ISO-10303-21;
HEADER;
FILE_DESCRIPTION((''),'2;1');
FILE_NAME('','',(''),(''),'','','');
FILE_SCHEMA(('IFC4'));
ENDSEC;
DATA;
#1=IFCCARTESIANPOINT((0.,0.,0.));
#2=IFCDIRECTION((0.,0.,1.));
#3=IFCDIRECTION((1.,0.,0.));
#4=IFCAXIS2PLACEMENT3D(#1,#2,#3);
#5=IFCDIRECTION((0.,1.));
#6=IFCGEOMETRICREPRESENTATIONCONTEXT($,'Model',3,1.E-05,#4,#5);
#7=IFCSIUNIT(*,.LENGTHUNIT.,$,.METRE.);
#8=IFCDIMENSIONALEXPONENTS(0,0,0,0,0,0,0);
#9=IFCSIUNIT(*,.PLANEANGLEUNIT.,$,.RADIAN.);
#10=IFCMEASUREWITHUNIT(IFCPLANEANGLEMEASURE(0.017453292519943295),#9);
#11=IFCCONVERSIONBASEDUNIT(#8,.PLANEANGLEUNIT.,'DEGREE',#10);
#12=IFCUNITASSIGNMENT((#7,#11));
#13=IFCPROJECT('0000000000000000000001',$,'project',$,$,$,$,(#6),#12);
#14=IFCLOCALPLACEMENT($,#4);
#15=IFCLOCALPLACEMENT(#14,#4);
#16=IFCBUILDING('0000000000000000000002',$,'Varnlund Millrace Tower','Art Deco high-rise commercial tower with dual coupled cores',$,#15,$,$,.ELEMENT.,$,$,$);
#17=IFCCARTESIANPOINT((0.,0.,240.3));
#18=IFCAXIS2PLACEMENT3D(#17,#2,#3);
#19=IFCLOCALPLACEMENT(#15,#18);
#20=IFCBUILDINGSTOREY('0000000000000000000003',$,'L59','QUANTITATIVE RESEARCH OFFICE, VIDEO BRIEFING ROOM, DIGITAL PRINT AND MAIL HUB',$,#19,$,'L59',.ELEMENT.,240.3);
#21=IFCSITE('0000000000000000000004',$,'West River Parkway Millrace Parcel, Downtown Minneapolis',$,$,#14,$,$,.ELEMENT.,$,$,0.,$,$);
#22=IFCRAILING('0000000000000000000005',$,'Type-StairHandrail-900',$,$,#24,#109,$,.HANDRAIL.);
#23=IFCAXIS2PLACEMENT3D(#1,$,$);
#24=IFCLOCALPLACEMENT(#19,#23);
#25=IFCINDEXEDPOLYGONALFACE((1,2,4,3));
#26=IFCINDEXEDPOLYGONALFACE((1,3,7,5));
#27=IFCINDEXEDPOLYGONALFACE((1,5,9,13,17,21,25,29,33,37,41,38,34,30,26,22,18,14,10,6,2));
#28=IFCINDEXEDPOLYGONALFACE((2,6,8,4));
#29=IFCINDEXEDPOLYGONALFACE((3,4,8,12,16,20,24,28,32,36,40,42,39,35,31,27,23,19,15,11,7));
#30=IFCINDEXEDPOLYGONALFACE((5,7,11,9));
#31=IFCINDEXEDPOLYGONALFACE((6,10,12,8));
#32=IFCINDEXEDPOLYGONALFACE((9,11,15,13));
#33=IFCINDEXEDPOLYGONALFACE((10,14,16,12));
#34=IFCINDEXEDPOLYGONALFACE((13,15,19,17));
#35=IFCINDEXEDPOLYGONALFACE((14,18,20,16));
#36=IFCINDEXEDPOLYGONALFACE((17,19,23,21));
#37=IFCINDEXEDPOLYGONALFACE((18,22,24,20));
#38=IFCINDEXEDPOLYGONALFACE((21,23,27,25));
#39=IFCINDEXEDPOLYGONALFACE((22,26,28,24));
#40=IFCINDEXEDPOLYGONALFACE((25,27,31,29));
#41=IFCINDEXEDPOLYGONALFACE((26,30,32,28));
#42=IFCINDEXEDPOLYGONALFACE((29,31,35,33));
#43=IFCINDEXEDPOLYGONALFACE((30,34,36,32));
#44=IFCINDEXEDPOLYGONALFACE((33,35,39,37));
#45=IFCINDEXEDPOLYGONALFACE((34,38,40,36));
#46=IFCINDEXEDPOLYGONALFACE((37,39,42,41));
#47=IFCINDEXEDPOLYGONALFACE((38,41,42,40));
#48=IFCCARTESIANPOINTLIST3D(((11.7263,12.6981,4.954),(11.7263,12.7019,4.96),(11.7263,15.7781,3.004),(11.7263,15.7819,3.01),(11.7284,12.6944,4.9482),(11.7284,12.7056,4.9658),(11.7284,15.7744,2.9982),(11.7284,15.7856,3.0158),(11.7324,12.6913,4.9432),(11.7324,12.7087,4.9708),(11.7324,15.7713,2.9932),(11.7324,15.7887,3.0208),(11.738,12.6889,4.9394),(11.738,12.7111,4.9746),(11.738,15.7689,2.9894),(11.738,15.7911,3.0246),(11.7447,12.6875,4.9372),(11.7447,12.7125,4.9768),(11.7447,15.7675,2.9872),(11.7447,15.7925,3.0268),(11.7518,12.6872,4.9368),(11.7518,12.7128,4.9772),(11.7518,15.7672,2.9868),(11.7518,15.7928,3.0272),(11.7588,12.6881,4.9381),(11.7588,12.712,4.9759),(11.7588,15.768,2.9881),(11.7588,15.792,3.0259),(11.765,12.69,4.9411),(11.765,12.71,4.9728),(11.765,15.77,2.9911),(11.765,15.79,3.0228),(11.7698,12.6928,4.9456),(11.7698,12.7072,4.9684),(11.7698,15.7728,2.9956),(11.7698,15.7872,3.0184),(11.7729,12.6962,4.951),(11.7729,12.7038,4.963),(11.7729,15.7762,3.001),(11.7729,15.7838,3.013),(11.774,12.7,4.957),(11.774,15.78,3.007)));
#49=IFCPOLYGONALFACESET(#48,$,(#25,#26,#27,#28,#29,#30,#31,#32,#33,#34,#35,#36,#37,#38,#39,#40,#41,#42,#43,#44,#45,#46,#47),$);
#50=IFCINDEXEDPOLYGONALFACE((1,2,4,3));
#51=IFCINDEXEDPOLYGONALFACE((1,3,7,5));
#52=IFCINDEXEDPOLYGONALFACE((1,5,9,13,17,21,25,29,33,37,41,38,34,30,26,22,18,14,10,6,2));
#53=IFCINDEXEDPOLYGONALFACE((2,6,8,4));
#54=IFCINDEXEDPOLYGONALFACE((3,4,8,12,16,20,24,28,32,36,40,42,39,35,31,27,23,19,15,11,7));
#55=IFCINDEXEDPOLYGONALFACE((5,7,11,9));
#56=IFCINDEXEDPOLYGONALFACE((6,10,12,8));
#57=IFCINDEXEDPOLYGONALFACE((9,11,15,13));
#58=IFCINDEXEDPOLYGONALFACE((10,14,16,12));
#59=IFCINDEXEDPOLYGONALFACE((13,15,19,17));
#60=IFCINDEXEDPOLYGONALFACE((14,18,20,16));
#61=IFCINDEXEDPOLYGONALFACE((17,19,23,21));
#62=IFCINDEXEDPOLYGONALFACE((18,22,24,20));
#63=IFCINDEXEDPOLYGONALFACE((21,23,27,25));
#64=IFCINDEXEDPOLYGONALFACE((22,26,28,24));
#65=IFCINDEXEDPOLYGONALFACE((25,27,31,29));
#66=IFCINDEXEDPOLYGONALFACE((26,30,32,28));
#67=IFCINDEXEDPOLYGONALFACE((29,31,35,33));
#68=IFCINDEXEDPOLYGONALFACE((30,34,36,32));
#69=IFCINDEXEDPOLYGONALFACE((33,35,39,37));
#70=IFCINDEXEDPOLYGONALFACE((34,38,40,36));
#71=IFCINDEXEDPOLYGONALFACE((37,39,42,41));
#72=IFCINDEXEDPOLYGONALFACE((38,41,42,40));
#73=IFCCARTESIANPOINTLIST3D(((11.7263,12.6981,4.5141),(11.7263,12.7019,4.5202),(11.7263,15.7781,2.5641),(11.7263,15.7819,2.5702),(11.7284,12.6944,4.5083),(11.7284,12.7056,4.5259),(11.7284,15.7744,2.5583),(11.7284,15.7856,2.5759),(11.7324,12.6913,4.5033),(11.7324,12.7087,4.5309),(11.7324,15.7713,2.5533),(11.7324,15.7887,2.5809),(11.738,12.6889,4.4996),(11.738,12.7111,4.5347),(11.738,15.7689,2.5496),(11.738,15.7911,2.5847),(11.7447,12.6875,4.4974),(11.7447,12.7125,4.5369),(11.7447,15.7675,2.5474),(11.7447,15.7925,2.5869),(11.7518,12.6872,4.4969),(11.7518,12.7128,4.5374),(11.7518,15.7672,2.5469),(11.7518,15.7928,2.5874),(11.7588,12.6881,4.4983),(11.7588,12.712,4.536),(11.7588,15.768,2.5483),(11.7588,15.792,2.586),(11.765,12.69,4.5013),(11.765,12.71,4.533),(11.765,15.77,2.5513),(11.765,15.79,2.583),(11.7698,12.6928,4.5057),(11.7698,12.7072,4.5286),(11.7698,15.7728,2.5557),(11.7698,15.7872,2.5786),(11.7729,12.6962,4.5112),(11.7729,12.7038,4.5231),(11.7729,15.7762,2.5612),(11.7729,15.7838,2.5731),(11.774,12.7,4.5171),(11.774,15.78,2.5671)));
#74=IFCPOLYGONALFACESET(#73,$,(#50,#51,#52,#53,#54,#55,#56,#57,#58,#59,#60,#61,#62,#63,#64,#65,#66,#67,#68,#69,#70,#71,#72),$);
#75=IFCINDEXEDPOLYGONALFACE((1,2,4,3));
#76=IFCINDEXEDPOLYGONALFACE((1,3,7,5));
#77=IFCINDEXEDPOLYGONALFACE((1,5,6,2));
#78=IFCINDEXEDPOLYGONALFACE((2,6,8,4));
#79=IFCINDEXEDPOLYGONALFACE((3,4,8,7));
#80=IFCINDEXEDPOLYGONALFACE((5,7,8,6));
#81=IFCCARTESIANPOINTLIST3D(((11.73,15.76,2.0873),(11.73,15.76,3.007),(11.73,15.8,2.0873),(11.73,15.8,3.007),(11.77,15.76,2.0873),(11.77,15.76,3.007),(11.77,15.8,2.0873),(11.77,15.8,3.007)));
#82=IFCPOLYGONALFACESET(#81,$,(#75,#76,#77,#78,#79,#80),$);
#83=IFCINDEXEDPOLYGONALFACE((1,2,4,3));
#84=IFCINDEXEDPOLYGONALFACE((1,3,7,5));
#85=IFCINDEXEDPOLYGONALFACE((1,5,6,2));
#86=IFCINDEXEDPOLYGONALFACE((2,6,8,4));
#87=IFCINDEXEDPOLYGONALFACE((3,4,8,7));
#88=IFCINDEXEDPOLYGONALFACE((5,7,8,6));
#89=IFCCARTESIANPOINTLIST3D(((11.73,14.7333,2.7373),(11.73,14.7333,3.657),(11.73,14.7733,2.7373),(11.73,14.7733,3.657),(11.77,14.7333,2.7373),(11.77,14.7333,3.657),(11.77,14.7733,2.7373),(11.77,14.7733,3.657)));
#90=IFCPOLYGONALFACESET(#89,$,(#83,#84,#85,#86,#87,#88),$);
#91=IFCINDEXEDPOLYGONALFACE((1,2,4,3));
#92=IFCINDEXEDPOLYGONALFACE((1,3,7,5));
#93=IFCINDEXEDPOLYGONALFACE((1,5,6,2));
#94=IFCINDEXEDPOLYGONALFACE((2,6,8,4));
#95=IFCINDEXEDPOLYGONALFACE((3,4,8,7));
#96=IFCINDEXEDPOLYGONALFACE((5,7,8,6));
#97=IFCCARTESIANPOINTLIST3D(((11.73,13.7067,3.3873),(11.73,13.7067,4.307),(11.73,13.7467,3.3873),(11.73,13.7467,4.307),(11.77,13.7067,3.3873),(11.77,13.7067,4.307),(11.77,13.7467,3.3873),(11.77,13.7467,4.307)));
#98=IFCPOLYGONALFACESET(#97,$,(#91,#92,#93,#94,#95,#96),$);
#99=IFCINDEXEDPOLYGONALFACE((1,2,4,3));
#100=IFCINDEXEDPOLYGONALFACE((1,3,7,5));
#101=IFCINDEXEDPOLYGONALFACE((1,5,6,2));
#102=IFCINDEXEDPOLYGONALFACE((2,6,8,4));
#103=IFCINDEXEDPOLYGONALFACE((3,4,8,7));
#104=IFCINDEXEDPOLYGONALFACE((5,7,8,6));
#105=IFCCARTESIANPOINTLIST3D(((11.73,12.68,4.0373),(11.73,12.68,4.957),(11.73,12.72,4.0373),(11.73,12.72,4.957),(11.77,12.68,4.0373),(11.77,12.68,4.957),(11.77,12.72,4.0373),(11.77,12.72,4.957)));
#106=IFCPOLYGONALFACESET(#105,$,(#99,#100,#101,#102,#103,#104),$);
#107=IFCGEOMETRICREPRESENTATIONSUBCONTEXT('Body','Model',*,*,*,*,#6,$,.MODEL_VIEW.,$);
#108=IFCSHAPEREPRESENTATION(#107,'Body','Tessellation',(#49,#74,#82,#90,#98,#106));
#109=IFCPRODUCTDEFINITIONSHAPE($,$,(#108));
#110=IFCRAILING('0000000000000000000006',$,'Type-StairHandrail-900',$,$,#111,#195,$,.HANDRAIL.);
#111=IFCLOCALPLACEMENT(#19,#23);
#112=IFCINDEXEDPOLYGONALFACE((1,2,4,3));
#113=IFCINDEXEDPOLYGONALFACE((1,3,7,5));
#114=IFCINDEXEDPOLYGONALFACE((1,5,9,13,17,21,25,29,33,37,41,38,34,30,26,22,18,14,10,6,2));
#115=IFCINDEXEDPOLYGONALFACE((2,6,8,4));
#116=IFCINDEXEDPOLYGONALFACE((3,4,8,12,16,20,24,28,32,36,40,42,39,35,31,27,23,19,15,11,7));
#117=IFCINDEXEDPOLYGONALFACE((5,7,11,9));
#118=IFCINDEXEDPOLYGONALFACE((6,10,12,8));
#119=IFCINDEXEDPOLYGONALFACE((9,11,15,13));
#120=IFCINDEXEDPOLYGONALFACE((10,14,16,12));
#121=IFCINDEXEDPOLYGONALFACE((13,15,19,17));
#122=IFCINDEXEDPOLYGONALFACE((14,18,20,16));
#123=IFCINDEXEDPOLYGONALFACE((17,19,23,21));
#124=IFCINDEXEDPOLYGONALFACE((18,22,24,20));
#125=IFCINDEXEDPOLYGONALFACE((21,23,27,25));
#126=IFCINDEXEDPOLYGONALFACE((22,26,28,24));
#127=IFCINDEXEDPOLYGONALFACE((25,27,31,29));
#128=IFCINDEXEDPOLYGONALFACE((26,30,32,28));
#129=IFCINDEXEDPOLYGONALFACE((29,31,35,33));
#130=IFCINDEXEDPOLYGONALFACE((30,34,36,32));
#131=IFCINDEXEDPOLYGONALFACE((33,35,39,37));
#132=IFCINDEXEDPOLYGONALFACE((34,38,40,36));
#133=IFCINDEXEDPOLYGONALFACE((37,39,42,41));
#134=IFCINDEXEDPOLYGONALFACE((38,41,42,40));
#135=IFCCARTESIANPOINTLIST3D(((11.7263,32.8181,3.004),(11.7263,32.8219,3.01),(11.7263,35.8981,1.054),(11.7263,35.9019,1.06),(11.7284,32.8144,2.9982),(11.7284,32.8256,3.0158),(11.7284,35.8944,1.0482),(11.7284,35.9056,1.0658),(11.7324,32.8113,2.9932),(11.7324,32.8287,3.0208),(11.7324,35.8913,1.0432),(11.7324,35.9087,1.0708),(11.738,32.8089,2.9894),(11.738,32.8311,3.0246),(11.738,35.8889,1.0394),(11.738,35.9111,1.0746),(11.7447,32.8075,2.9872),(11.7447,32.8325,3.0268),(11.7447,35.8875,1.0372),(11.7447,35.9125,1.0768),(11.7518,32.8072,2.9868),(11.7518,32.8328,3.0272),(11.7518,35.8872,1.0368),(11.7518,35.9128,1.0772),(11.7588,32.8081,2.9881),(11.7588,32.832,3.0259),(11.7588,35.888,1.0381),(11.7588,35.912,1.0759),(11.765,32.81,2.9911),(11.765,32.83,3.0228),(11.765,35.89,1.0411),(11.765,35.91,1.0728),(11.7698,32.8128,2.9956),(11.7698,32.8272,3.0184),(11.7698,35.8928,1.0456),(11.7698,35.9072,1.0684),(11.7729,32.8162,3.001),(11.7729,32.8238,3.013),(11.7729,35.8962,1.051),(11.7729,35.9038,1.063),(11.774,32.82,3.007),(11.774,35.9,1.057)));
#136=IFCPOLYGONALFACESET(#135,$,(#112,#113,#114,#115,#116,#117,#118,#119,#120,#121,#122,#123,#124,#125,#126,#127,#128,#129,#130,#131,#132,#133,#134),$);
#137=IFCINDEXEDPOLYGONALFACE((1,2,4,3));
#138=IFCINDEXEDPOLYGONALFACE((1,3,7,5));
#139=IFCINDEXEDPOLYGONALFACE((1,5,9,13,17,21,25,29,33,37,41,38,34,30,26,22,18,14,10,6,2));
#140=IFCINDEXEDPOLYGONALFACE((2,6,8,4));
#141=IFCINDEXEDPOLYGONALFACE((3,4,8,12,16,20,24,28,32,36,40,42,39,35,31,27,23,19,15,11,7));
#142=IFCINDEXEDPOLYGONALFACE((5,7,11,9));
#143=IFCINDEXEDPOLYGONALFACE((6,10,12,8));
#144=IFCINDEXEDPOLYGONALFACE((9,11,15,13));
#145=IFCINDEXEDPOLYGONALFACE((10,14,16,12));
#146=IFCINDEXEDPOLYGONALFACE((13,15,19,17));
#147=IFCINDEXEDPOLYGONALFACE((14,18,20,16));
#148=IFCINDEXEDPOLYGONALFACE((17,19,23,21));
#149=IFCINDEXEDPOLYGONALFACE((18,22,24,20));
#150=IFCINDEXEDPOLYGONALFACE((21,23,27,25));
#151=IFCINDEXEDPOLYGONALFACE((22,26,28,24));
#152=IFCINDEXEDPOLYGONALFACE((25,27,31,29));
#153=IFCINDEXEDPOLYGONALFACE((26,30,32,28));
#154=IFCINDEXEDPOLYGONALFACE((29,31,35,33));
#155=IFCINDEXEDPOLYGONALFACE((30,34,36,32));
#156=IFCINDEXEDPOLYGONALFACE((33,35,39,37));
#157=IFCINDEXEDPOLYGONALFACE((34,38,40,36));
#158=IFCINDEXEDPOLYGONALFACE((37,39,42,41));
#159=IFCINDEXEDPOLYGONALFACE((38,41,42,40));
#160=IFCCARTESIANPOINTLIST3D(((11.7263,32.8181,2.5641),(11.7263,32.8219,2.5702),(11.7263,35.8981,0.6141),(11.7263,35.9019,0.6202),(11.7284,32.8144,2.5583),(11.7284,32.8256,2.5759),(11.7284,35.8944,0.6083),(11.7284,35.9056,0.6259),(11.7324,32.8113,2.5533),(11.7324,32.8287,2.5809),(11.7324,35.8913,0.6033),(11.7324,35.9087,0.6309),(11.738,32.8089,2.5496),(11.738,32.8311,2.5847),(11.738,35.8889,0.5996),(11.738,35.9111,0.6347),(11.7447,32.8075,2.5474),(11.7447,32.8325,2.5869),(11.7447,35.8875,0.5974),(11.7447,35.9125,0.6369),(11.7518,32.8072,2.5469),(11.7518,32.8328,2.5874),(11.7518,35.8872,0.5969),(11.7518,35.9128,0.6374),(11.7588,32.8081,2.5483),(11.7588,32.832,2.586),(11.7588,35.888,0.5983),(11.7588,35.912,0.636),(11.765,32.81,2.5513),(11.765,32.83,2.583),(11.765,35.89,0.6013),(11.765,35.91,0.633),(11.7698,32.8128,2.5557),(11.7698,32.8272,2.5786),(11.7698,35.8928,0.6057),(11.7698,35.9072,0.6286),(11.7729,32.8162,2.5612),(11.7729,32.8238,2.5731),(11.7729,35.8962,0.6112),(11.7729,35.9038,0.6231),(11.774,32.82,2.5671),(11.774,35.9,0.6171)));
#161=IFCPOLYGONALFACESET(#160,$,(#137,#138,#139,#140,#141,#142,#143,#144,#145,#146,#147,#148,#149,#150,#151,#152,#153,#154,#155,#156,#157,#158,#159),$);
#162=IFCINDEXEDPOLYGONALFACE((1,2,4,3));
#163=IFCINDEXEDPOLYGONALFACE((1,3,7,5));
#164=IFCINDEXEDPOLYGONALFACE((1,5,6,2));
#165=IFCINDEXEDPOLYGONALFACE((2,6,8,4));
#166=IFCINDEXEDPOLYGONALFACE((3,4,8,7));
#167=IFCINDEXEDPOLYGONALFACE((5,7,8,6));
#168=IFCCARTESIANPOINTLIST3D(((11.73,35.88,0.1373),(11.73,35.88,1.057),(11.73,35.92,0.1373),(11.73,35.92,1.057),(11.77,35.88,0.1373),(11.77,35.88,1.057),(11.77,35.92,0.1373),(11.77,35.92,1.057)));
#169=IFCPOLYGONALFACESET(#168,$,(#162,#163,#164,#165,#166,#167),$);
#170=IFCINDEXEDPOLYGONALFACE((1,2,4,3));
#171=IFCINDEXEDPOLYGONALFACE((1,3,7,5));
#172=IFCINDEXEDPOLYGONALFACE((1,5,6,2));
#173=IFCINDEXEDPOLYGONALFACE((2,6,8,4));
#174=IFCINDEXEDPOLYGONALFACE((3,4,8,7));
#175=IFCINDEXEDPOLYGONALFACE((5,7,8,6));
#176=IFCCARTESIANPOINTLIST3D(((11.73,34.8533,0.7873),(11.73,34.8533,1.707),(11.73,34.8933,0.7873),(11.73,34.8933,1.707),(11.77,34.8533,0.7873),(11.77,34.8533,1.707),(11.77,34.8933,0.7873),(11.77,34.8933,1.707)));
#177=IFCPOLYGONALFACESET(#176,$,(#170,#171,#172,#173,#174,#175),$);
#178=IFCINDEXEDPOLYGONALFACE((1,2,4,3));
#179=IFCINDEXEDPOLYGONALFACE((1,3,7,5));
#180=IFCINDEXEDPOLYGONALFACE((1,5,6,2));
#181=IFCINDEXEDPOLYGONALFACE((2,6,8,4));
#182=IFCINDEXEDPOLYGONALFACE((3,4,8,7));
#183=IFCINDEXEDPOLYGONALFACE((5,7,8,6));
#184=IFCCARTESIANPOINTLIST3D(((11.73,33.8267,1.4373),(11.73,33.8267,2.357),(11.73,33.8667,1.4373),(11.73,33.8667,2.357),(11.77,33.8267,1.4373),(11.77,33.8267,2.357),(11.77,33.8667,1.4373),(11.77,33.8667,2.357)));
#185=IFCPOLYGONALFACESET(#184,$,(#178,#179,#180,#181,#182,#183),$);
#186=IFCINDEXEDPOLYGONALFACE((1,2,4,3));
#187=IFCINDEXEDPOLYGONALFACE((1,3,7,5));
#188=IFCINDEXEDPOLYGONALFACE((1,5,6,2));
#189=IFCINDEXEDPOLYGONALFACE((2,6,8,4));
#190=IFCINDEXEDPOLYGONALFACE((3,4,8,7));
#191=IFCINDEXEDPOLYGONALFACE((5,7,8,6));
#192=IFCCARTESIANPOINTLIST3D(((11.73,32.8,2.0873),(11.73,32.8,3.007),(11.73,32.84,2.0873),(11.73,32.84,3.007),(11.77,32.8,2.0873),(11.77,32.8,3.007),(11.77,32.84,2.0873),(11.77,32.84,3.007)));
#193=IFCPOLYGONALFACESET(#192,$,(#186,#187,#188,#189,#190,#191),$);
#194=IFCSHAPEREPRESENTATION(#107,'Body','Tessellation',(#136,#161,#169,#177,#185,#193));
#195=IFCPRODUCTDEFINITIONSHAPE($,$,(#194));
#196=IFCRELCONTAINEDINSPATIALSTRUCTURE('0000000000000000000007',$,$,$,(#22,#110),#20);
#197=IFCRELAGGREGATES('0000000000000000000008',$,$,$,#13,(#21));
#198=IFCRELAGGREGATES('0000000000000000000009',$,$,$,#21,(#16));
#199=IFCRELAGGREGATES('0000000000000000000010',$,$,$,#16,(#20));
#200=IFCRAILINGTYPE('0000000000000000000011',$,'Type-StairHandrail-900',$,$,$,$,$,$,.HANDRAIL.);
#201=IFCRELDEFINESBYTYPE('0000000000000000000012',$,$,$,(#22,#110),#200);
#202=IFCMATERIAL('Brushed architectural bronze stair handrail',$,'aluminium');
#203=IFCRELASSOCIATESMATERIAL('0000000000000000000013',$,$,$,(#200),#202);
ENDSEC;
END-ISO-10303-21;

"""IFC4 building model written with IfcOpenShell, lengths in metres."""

from ifc_helpers import new_model, entity, si_unit, converted_unit, direction, frame, origin_with_axes, origin_2d_with_axis, place, context, subcontext, project, spatial, rectangle, circle, extrude, material, type_object, element, save


model = new_model("IFC4")

# Units and contexts
model_context = context("Model", 3, precision=1e-05, world=origin_with_axes(), true_north=direction((0.0, 1.0)))
body_context = subcontext(model_context, "Body", "Model", "MODEL_VIEW")
ifc_project = project(units=[si_unit("LENGTHUNIT", "METRE"), converted_unit("PLANEANGLEUNIT", "DEGREE", entity("IfcPlaneAngleMeasure", 0.017453292519943295), si_unit("PLANEANGLEUNIT", "RADIAN"), dimensions=[0, 0, 0, 0, 0, 0, 0])], contexts=[model_context])

# Site, building, storey
site_placement = place(None, origin_with_axes())
site = spatial("IfcSite", under=ifc_project, at=site_placement, Name="West River Parkway Millrace Parcel, Downtown Minneapolis", CompositionType="ELEMENT", RefElevation=0.0)
building_placement = place(site_placement, origin_with_axes())
building = spatial("IfcBuilding", under=site, at=building_placement, Name="Varnlund Millrace Tower", Description="Art Deco high-rise commercial tower with dual coupled cores", CompositionType="ELEMENT")
storey_placement = place(building_placement, frame((0.0, 0.0, 240.3), z_axis=(0.0, 0.0, 1.0), x_axis=(1.0, 0.0, 0.0)))
storey = spatial("IfcBuildingStorey", under=building, at=storey_placement, Name="L59", Description="QUANTITATIVE RESEARCH OFFICE, VIDEO BRIEFING ROOM, DIGITAL PRINT AND MAIL HUB", LongName="L59", CompositionType="ELEMENT", Elevation=240.3)

# Railings
ifc_material_1 = material(Name="Brushed architectural bronze stair handrail", Category="aluminium")
railing_type_1 = type_object("IfcRailingType", Name="Type-StairHandrail-900", PredefinedType="HANDRAIL", material=ifc_material_1)
railing_1_placement = place(storey_placement, frame((0.0, 0.0, -240.3), z_axis=(0.0, 0.0, 1.0), x_axis=(1.0, 0.0, 0.0)))
element("IfcRailing", 1, at=railing_1_placement, inside=storey, type_object=railing_type_1, Name="Type-StairHandrail-900", PredefinedType="HANDRAIL", context=body_context, shape_type="SweptSolid", body=[
    extrude(circle(Radius=0.024, at=origin_2d_with_axis()), frame((11.75, 15.78, 243.307), z_axis=(0.0, -0.844902, 0.534922), x_axis=(1.0, 0.0, 0.0)), (0.0, 0.0, 1.0), 3.6454),
    extrude(circle(Radius=0.024, at=origin_2d_with_axis()), frame((11.75, 15.78, 242.8671), z_axis=(0.0, -0.844902, 0.534922), x_axis=(1.0, 0.0, 0.0)), (0.0, 0.0, 1.0), 3.6454),
    extrude(rectangle(XDim=0.04, YDim=0.04, at=origin_2d_with_axis()), frame((11.75, 15.78, 242.3873), z_axis=(0.0, 0.0, 1.0), x_axis=(1.0, 0.0, 0.0)), (0.0, 0.0, 1.0), 0.9197),
    extrude(rectangle(XDim=0.04, YDim=0.04, at=origin_2d_with_axis()), frame((11.75, 14.7533, 243.0373), z_axis=(0.0, 0.0, 1.0), x_axis=(1.0, 0.0, 0.0)), (0.0, 0.0, 1.0), 0.9197),
    extrude(rectangle(XDim=0.04, YDim=0.04, at=origin_2d_with_axis()), frame((11.75, 13.7267, 243.6873), z_axis=(0.0, 0.0, 1.0), x_axis=(1.0, 0.0, 0.0)), (0.0, 0.0, 1.0), 0.9197),
    extrude(rectangle(XDim=0.04, YDim=0.04, at=origin_2d_with_axis()), frame((11.75, 12.7, 244.3373), z_axis=(0.0, 0.0, 1.0), x_axis=(1.0, 0.0, 0.0)), (0.0, 0.0, 1.0), 0.9197),
])
railing_2_placement = place(storey_placement, frame((0.0, 0.0, -240.3), z_axis=(0.0, 0.0, 1.0), x_axis=(1.0, 0.0, 0.0)))
element("IfcRailing", 2, at=railing_2_placement, inside=storey, type_object=railing_type_1, Name="Type-StairHandrail-900", PredefinedType="HANDRAIL", context=body_context, shape_type="SweptSolid", body=[
    extrude(circle(Radius=0.024, at=origin_2d_with_axis()), frame((11.75, 35.9, 241.357), z_axis=(0.0, -0.844902, 0.534922), x_axis=(1.0, 0.0, 0.0)), (0.0, 0.0, 1.0), 3.6454),
    extrude(circle(Radius=0.024, at=origin_2d_with_axis()), frame((11.75, 35.9, 240.9171), z_axis=(0.0, -0.844902, 0.534922), x_axis=(1.0, 0.0, 0.0)), (0.0, 0.0, 1.0), 3.6454),
    extrude(rectangle(XDim=0.04, YDim=0.04, at=origin_2d_with_axis()), frame((11.75, 35.9, 240.4373), z_axis=(0.0, 0.0, 1.0), x_axis=(1.0, 0.0, 0.0)), (0.0, 0.0, 1.0), 0.9197),
    extrude(rectangle(XDim=0.04, YDim=0.04, at=origin_2d_with_axis()), frame((11.75, 34.8733, 241.0873), z_axis=(0.0, 0.0, 1.0), x_axis=(1.0, 0.0, 0.0)), (0.0, 0.0, 1.0), 0.9197),
    extrude(rectangle(XDim=0.04, YDim=0.04, at=origin_2d_with_axis()), frame((11.75, 33.8467, 241.7373), z_axis=(0.0, 0.0, 1.0), x_axis=(1.0, 0.0, 0.0)), (0.0, 0.0, 1.0), 0.9197),
    extrude(rectangle(XDim=0.04, YDim=0.04, at=origin_2d_with_axis()), frame((11.75, 32.82, 242.3873), z_axis=(0.0, 0.0, 1.0), x_axis=(1.0, 0.0, 0.0)), (0.0, 0.0, 1.0), 0.9197),
])

save(model, "model.ifc")
